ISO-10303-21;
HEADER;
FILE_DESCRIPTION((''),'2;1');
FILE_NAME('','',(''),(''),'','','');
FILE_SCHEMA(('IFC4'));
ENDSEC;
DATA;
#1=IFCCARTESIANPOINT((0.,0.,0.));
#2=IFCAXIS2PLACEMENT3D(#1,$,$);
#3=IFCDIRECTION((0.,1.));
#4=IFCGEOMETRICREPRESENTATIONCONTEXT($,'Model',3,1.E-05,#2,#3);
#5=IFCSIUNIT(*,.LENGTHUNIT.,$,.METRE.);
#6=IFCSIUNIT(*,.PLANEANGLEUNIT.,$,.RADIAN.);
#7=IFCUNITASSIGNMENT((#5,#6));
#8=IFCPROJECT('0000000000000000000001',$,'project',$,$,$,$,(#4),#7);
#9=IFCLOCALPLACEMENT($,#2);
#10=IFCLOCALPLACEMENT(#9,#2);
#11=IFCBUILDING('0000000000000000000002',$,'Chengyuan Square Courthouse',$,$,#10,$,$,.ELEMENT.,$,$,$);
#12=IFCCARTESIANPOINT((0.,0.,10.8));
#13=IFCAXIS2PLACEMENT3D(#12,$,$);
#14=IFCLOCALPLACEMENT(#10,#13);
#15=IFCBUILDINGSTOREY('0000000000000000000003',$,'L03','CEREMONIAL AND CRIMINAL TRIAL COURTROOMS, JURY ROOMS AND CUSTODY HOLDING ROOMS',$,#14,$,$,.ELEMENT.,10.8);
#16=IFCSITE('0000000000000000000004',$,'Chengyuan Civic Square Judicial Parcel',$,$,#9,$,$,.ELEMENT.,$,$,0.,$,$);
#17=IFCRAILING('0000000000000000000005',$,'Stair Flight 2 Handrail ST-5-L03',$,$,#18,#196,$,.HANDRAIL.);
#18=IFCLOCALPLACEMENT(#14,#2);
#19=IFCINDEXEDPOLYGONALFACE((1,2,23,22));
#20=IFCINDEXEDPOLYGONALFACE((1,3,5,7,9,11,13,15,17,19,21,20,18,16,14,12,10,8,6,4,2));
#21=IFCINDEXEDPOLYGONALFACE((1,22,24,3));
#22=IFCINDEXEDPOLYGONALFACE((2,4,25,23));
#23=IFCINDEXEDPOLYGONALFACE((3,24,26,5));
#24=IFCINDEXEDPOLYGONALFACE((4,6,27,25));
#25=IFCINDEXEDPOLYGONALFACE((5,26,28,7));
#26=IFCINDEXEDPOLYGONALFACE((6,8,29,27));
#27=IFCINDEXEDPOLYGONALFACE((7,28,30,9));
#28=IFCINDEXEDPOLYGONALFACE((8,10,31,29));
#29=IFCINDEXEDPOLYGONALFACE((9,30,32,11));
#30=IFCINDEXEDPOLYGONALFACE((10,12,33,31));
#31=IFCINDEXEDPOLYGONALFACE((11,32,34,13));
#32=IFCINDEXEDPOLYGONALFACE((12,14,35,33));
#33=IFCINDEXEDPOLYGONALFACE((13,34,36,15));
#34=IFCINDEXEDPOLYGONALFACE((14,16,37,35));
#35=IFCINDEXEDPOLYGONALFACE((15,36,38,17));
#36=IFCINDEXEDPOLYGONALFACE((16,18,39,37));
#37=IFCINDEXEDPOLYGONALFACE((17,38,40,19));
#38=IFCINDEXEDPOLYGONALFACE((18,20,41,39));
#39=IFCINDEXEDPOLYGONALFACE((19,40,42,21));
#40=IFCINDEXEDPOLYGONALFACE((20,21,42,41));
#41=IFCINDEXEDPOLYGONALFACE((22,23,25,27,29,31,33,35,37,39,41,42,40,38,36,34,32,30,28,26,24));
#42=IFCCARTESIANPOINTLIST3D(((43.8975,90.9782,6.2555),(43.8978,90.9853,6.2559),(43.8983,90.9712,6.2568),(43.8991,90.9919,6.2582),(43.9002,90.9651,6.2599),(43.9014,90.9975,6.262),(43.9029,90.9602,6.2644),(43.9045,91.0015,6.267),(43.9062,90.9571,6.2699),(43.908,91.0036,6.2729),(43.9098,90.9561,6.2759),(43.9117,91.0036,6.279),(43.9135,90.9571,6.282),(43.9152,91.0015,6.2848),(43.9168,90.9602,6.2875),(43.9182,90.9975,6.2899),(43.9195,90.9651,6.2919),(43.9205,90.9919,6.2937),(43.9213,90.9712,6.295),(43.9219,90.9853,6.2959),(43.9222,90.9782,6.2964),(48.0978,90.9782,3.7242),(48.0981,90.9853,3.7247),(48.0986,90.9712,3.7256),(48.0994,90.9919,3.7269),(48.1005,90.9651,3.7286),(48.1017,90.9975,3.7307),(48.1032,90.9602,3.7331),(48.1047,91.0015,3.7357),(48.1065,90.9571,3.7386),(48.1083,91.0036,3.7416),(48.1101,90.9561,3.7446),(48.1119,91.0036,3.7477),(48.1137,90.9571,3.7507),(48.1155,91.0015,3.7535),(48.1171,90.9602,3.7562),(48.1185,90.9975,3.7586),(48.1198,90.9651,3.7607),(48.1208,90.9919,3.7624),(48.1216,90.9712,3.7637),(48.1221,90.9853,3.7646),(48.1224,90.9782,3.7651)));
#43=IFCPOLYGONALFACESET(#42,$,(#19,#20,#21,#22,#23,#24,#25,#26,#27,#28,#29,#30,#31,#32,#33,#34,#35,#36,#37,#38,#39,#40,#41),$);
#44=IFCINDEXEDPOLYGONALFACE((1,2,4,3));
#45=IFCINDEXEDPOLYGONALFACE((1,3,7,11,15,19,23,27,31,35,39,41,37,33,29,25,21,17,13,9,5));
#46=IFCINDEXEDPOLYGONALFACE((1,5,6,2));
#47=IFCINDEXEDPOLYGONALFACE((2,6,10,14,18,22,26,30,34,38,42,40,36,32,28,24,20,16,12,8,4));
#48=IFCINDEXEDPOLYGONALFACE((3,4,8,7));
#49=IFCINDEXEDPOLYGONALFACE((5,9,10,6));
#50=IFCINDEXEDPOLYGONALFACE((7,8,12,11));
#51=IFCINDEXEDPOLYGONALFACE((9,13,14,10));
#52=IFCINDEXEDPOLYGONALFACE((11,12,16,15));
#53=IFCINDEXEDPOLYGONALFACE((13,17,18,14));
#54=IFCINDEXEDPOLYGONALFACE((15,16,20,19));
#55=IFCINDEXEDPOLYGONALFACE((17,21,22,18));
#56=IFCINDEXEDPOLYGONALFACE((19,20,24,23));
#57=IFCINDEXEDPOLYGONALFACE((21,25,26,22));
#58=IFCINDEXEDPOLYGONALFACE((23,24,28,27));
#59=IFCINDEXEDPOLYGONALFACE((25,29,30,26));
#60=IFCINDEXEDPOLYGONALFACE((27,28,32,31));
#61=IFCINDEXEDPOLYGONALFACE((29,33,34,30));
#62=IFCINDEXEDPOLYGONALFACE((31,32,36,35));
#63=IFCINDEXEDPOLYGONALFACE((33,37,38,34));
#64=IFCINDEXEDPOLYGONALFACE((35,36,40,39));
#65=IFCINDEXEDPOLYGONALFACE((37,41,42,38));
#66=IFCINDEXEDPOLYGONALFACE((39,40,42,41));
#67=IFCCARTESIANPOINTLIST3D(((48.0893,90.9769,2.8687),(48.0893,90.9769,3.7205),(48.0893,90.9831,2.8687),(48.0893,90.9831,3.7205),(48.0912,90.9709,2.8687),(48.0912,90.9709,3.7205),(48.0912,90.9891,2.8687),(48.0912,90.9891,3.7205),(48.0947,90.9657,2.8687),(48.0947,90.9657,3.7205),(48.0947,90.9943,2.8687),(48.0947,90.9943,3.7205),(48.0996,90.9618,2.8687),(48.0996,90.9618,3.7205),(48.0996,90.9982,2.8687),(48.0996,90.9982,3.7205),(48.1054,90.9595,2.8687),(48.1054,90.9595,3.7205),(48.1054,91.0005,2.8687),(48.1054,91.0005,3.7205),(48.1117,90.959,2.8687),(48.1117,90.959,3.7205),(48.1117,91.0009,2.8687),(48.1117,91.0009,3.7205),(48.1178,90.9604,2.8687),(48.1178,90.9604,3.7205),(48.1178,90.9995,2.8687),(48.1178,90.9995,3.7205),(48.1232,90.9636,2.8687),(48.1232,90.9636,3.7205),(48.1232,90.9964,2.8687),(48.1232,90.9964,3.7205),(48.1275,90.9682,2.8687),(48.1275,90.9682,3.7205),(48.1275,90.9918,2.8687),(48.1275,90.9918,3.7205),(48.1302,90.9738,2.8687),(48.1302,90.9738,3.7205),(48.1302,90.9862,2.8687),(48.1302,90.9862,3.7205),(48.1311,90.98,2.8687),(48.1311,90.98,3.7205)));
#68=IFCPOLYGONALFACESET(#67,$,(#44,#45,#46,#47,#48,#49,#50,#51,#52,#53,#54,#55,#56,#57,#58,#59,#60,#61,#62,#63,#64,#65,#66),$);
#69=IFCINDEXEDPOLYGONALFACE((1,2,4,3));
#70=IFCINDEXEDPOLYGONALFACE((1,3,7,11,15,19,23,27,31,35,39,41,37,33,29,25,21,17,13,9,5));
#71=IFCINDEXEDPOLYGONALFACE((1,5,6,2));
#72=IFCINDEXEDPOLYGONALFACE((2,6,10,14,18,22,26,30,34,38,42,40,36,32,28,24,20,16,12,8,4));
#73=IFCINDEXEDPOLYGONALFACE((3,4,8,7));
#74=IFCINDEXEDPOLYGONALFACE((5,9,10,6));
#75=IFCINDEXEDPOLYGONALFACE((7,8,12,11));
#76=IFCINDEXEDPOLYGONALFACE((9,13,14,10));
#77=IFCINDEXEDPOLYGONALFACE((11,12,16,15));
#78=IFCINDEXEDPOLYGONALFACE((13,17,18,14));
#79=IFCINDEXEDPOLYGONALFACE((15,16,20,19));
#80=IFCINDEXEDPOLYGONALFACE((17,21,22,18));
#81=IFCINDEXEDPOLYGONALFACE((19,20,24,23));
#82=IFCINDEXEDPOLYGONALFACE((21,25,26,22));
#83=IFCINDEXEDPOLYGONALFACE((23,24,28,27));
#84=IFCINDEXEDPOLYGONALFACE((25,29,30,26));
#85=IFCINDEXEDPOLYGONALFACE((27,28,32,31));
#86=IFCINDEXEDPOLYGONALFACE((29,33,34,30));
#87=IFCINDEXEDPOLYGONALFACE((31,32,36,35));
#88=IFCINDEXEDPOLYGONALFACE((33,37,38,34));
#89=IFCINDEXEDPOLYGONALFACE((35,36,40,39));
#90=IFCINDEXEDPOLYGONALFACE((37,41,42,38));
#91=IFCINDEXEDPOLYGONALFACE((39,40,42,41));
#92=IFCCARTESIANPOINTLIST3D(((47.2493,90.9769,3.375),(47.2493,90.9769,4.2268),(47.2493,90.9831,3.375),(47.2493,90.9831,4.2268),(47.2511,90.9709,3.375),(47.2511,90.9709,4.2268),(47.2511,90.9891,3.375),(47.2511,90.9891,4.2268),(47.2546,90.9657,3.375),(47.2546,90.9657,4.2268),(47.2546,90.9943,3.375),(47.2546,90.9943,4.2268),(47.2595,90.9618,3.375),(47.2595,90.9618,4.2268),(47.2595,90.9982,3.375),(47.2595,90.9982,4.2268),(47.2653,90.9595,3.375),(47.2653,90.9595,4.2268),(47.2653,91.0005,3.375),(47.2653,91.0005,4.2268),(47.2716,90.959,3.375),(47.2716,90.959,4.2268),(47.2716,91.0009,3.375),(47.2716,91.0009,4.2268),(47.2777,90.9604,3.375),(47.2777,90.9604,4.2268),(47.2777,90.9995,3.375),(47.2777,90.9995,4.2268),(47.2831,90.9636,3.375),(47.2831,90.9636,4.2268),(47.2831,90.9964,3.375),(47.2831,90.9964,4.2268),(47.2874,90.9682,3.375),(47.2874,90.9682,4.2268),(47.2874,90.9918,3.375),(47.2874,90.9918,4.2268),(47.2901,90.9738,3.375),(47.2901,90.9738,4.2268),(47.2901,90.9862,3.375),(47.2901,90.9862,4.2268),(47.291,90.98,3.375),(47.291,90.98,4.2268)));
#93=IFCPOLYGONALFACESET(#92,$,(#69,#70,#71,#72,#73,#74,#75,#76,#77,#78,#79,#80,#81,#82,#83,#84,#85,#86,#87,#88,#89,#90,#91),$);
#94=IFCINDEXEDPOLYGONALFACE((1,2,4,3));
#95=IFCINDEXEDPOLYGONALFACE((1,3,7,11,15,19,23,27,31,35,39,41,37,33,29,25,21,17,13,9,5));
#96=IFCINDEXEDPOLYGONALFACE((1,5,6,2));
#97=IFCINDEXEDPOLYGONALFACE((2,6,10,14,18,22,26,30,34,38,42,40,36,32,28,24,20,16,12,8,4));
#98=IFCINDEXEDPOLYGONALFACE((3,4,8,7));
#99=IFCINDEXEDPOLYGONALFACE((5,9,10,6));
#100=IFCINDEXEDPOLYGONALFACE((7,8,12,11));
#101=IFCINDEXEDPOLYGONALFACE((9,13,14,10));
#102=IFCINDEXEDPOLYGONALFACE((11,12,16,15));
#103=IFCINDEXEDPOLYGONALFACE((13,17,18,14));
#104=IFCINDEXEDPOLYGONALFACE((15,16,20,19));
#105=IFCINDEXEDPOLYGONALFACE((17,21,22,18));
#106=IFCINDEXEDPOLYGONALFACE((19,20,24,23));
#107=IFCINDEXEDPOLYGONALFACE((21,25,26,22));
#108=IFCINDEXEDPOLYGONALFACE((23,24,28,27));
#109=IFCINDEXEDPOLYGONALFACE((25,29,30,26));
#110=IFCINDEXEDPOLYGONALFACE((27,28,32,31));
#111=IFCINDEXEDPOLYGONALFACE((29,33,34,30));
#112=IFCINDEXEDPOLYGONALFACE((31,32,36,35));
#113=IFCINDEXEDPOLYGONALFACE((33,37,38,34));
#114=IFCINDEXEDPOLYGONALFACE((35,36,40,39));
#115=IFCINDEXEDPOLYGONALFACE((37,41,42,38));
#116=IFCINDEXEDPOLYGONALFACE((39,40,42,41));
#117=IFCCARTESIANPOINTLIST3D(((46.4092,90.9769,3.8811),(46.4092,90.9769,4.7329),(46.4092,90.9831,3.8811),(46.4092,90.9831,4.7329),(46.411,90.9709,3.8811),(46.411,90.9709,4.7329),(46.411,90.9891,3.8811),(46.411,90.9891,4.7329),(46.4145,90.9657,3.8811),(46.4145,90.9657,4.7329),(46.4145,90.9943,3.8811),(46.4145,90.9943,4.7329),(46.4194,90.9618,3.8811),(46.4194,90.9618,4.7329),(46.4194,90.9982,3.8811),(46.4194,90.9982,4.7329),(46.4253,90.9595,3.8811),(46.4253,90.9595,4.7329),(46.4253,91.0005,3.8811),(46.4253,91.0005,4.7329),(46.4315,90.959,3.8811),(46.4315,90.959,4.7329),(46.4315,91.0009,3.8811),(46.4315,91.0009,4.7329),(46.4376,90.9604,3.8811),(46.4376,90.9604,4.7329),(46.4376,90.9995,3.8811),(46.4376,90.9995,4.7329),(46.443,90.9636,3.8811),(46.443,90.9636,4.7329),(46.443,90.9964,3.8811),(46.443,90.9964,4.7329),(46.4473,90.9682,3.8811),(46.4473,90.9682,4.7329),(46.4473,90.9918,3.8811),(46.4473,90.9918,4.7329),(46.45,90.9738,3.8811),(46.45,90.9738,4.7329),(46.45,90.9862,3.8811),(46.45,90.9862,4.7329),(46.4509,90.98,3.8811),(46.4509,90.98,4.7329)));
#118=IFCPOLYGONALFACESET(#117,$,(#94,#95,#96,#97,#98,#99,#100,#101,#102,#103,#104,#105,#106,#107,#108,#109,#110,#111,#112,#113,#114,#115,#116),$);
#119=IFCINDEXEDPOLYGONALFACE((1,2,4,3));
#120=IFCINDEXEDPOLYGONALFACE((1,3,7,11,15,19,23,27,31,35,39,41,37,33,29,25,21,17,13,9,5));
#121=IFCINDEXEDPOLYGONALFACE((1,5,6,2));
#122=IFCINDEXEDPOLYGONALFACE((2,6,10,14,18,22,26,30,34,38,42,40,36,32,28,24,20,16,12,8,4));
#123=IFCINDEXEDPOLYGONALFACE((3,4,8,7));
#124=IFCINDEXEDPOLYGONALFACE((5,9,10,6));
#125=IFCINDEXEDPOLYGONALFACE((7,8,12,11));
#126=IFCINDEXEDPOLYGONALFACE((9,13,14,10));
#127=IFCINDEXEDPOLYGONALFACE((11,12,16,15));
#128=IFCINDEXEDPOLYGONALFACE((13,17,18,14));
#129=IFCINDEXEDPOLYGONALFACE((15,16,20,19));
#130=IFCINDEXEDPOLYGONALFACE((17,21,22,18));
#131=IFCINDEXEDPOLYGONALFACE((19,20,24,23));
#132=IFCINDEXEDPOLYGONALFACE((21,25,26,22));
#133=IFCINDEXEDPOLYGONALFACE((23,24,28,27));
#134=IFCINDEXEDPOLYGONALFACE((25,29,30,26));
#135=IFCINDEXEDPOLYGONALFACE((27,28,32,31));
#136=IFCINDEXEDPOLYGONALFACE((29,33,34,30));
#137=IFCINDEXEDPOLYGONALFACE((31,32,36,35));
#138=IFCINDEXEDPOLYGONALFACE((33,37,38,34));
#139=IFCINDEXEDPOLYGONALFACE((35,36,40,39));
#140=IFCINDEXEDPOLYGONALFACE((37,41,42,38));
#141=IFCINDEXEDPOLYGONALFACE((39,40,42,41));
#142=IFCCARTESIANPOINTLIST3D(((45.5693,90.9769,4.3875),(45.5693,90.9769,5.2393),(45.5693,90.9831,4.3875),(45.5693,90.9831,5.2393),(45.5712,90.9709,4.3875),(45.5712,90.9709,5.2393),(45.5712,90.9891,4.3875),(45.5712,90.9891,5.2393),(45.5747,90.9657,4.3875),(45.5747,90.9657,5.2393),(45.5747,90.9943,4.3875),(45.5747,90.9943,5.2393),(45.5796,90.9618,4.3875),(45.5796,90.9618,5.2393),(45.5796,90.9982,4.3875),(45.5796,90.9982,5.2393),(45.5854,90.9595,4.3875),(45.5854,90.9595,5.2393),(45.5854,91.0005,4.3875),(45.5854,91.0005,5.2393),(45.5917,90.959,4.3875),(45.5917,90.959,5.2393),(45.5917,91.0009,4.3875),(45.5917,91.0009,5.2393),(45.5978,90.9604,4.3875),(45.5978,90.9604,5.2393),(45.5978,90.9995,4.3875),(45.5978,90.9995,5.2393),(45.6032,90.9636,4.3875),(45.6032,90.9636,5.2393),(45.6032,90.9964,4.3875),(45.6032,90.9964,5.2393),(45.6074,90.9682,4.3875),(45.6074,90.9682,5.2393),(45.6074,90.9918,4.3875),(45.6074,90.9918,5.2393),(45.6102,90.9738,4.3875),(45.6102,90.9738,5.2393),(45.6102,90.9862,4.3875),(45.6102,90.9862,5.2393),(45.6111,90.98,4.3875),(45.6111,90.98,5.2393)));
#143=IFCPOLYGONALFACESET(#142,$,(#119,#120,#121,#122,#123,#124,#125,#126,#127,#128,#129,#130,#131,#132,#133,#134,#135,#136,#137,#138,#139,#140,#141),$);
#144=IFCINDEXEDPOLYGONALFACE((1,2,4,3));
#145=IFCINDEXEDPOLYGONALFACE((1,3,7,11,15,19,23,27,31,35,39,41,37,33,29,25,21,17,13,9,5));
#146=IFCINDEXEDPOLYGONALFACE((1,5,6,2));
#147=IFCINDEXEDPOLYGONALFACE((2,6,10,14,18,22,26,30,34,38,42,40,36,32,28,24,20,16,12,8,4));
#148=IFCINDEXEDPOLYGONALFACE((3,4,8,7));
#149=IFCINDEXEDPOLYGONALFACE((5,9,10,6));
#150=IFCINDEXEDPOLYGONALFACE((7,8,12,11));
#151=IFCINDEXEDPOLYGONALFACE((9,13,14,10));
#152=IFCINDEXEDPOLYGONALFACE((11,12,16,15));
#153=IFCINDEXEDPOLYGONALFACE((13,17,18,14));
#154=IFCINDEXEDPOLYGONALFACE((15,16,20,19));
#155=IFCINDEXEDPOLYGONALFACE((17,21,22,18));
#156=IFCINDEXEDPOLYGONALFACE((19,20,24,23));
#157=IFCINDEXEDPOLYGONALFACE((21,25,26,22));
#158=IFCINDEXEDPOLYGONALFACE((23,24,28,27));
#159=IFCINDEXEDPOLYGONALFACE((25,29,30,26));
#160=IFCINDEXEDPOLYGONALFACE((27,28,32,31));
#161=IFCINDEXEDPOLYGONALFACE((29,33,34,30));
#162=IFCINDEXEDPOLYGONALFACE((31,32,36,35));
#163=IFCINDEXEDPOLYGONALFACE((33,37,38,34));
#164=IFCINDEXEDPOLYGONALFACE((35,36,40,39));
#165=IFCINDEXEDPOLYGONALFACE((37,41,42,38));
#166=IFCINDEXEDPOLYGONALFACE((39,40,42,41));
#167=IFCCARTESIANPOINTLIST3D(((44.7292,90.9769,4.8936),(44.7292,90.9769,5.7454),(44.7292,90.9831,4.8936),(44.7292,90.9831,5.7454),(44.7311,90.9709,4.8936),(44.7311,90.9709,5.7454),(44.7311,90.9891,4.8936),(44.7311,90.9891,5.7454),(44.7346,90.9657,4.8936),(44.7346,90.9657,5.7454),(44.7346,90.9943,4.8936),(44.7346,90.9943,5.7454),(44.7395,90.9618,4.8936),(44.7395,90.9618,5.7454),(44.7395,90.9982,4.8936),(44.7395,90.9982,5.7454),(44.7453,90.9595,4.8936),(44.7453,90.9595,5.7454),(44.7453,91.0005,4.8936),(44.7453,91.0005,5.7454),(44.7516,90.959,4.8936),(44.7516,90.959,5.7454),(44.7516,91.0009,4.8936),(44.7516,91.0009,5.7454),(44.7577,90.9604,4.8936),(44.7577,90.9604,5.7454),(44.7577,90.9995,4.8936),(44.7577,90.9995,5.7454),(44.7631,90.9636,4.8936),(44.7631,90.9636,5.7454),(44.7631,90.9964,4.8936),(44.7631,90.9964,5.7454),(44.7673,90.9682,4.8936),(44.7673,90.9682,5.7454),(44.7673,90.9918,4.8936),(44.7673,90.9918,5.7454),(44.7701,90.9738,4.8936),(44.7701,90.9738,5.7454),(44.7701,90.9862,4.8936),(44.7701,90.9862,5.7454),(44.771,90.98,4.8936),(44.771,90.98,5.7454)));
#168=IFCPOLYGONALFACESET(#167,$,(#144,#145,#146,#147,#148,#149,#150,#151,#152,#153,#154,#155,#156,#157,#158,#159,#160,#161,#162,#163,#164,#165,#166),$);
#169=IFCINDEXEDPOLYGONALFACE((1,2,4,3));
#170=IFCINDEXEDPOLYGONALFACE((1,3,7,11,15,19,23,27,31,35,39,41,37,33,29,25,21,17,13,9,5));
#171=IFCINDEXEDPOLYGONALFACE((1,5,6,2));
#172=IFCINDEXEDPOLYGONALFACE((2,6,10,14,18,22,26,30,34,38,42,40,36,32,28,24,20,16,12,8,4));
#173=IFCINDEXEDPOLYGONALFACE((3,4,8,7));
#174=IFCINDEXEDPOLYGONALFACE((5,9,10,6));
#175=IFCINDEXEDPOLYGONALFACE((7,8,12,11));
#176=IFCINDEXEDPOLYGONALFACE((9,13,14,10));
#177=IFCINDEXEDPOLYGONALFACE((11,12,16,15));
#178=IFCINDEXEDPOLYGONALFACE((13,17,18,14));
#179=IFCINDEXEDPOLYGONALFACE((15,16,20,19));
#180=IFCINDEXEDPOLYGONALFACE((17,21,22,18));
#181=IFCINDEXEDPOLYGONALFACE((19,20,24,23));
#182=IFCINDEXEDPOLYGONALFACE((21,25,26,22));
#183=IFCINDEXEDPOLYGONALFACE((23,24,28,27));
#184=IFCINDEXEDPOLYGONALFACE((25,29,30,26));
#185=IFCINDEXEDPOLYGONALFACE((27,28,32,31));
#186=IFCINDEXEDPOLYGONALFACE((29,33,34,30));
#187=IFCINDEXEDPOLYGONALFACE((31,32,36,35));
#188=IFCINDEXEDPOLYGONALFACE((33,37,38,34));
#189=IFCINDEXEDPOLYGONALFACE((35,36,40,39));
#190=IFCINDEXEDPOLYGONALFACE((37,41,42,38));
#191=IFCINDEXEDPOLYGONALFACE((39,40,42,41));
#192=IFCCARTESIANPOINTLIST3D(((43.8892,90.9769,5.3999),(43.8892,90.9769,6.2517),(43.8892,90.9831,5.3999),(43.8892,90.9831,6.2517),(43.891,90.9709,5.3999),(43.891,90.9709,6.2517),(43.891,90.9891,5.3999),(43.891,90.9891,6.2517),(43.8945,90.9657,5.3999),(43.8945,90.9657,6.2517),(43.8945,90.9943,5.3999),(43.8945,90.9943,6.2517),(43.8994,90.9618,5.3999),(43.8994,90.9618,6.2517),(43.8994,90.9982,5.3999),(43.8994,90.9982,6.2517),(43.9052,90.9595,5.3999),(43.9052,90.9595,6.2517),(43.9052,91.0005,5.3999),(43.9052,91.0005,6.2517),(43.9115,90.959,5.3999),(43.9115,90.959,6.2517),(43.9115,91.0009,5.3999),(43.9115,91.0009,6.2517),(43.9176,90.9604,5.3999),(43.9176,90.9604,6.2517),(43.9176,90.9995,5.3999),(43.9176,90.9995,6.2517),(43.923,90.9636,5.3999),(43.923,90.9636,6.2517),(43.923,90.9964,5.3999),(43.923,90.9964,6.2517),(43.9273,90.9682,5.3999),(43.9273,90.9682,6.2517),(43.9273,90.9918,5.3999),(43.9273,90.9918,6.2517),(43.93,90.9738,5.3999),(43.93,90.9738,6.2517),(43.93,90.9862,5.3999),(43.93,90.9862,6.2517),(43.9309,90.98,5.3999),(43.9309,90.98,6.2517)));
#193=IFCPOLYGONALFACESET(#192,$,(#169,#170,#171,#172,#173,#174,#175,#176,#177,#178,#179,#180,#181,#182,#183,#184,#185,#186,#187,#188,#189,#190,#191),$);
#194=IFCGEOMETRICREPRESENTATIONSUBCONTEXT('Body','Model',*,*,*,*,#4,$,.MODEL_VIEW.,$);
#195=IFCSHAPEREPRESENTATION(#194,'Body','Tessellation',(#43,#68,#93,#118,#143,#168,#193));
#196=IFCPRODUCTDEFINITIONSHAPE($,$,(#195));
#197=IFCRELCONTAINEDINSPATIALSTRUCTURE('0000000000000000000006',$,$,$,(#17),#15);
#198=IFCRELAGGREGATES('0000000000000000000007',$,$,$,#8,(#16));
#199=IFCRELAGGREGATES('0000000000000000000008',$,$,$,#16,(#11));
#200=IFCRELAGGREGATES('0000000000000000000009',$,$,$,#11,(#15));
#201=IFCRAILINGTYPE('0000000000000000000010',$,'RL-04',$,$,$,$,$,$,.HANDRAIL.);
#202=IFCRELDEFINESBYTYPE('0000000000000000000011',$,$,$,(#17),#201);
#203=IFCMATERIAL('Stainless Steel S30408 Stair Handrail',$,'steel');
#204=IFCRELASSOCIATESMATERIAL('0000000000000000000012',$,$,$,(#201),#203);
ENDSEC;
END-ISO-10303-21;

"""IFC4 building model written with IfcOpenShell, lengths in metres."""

from ifc_helpers import new_model, si_unit, direction, frame, origin, origin_2d, place, context, subcontext, project, spatial, circle, extrude, material, type_object, element, save


model = new_model("IFC4")

# Units and contexts
model_context = context("Model", 3, precision=1e-05, world=origin(), true_north=direction((0.0, 1.0)))
body_context = subcontext(model_context, "Body", "Model", "MODEL_VIEW")
ifc_project = project(units=[si_unit("LENGTHUNIT", "METRE"), si_unit("PLANEANGLEUNIT", "RADIAN")], contexts=[model_context])

# Site, building, storey
site_placement = place(None, origin())
site = spatial("IfcSite", under=ifc_project, at=site_placement, Name="Chengyuan Civic Square Judicial Parcel", CompositionType="ELEMENT", RefElevation=0.0)
building_placement = place(site_placement, origin())
building = spatial("IfcBuilding", under=site, at=building_placement, Name="Chengyuan Square Courthouse", CompositionType="ELEMENT")
storey_placement = place(building_placement, frame((0.0, 0.0, 10.8)))
storey = spatial("IfcBuildingStorey", under=building, at=storey_placement, Name="L03", Description="CEREMONIAL AND CRIMINAL TRIAL COURTROOMS, JURY ROOMS AND CUSTODY HOLDING ROOMS", CompositionType="ELEMENT", Elevation=10.8)

# Railing
ifc_material_1 = material(Name="Stainless Steel S30408 Stair Handrail", Category="steel")
railing_type = type_object("IfcRailingType", Name="RL-04", PredefinedType="HANDRAIL", material=ifc_material_1)
railing_placement = place(storey_placement, frame((48.1101, 90.98, 2.8687)))
element("IfcRailing", 1, at=railing_placement, inside=storey, type_object=railing_type, Name="Stair Flight 2 Handrail ST-5-L03", PredefinedType="HANDRAIL", context=body_context, shape_type="SweptSolid", body=[
    extrude(circle(Radius=0.0239, at=origin_2d()), frame((0.0, 0.0, 0.876), z_axis=(-0.85649, 0.0, 0.516164), x_axis=(0.0, -1.0, 0.0)), (0.0, 0.0, 1.0), 4.9041),
    extrude(circle(Radius=0.021, at=origin_2d()), origin(), (0.0, 0.0, 1.0), 0.8518),
    extrude(circle(Radius=0.021, at=origin_2d()), frame((-0.8401, 0.0, 0.5063)), (0.0, 0.0, 1.0), 0.8518),
    extrude(circle(Radius=0.021, at=origin_2d()), frame((-1.6802, 0.0, 1.0125)), (0.0, 0.0, 1.0), 0.8518),
    extrude(circle(Radius=0.021, at=origin_2d()), frame((-2.52, 0.0, 1.5188)), (0.0, 0.0, 1.0), 0.8518),
    extrude(circle(Radius=0.021, at=origin_2d()), frame((-3.3601, 0.0, 2.0249)), (0.0, 0.0, 1.0), 0.8518),
    extrude(circle(Radius=0.021, at=origin_2d()), frame((-4.2002, 0.0, 2.5312)), (0.0, 0.0, 1.0), 0.8518),
])

save(model, "model.ifc")
